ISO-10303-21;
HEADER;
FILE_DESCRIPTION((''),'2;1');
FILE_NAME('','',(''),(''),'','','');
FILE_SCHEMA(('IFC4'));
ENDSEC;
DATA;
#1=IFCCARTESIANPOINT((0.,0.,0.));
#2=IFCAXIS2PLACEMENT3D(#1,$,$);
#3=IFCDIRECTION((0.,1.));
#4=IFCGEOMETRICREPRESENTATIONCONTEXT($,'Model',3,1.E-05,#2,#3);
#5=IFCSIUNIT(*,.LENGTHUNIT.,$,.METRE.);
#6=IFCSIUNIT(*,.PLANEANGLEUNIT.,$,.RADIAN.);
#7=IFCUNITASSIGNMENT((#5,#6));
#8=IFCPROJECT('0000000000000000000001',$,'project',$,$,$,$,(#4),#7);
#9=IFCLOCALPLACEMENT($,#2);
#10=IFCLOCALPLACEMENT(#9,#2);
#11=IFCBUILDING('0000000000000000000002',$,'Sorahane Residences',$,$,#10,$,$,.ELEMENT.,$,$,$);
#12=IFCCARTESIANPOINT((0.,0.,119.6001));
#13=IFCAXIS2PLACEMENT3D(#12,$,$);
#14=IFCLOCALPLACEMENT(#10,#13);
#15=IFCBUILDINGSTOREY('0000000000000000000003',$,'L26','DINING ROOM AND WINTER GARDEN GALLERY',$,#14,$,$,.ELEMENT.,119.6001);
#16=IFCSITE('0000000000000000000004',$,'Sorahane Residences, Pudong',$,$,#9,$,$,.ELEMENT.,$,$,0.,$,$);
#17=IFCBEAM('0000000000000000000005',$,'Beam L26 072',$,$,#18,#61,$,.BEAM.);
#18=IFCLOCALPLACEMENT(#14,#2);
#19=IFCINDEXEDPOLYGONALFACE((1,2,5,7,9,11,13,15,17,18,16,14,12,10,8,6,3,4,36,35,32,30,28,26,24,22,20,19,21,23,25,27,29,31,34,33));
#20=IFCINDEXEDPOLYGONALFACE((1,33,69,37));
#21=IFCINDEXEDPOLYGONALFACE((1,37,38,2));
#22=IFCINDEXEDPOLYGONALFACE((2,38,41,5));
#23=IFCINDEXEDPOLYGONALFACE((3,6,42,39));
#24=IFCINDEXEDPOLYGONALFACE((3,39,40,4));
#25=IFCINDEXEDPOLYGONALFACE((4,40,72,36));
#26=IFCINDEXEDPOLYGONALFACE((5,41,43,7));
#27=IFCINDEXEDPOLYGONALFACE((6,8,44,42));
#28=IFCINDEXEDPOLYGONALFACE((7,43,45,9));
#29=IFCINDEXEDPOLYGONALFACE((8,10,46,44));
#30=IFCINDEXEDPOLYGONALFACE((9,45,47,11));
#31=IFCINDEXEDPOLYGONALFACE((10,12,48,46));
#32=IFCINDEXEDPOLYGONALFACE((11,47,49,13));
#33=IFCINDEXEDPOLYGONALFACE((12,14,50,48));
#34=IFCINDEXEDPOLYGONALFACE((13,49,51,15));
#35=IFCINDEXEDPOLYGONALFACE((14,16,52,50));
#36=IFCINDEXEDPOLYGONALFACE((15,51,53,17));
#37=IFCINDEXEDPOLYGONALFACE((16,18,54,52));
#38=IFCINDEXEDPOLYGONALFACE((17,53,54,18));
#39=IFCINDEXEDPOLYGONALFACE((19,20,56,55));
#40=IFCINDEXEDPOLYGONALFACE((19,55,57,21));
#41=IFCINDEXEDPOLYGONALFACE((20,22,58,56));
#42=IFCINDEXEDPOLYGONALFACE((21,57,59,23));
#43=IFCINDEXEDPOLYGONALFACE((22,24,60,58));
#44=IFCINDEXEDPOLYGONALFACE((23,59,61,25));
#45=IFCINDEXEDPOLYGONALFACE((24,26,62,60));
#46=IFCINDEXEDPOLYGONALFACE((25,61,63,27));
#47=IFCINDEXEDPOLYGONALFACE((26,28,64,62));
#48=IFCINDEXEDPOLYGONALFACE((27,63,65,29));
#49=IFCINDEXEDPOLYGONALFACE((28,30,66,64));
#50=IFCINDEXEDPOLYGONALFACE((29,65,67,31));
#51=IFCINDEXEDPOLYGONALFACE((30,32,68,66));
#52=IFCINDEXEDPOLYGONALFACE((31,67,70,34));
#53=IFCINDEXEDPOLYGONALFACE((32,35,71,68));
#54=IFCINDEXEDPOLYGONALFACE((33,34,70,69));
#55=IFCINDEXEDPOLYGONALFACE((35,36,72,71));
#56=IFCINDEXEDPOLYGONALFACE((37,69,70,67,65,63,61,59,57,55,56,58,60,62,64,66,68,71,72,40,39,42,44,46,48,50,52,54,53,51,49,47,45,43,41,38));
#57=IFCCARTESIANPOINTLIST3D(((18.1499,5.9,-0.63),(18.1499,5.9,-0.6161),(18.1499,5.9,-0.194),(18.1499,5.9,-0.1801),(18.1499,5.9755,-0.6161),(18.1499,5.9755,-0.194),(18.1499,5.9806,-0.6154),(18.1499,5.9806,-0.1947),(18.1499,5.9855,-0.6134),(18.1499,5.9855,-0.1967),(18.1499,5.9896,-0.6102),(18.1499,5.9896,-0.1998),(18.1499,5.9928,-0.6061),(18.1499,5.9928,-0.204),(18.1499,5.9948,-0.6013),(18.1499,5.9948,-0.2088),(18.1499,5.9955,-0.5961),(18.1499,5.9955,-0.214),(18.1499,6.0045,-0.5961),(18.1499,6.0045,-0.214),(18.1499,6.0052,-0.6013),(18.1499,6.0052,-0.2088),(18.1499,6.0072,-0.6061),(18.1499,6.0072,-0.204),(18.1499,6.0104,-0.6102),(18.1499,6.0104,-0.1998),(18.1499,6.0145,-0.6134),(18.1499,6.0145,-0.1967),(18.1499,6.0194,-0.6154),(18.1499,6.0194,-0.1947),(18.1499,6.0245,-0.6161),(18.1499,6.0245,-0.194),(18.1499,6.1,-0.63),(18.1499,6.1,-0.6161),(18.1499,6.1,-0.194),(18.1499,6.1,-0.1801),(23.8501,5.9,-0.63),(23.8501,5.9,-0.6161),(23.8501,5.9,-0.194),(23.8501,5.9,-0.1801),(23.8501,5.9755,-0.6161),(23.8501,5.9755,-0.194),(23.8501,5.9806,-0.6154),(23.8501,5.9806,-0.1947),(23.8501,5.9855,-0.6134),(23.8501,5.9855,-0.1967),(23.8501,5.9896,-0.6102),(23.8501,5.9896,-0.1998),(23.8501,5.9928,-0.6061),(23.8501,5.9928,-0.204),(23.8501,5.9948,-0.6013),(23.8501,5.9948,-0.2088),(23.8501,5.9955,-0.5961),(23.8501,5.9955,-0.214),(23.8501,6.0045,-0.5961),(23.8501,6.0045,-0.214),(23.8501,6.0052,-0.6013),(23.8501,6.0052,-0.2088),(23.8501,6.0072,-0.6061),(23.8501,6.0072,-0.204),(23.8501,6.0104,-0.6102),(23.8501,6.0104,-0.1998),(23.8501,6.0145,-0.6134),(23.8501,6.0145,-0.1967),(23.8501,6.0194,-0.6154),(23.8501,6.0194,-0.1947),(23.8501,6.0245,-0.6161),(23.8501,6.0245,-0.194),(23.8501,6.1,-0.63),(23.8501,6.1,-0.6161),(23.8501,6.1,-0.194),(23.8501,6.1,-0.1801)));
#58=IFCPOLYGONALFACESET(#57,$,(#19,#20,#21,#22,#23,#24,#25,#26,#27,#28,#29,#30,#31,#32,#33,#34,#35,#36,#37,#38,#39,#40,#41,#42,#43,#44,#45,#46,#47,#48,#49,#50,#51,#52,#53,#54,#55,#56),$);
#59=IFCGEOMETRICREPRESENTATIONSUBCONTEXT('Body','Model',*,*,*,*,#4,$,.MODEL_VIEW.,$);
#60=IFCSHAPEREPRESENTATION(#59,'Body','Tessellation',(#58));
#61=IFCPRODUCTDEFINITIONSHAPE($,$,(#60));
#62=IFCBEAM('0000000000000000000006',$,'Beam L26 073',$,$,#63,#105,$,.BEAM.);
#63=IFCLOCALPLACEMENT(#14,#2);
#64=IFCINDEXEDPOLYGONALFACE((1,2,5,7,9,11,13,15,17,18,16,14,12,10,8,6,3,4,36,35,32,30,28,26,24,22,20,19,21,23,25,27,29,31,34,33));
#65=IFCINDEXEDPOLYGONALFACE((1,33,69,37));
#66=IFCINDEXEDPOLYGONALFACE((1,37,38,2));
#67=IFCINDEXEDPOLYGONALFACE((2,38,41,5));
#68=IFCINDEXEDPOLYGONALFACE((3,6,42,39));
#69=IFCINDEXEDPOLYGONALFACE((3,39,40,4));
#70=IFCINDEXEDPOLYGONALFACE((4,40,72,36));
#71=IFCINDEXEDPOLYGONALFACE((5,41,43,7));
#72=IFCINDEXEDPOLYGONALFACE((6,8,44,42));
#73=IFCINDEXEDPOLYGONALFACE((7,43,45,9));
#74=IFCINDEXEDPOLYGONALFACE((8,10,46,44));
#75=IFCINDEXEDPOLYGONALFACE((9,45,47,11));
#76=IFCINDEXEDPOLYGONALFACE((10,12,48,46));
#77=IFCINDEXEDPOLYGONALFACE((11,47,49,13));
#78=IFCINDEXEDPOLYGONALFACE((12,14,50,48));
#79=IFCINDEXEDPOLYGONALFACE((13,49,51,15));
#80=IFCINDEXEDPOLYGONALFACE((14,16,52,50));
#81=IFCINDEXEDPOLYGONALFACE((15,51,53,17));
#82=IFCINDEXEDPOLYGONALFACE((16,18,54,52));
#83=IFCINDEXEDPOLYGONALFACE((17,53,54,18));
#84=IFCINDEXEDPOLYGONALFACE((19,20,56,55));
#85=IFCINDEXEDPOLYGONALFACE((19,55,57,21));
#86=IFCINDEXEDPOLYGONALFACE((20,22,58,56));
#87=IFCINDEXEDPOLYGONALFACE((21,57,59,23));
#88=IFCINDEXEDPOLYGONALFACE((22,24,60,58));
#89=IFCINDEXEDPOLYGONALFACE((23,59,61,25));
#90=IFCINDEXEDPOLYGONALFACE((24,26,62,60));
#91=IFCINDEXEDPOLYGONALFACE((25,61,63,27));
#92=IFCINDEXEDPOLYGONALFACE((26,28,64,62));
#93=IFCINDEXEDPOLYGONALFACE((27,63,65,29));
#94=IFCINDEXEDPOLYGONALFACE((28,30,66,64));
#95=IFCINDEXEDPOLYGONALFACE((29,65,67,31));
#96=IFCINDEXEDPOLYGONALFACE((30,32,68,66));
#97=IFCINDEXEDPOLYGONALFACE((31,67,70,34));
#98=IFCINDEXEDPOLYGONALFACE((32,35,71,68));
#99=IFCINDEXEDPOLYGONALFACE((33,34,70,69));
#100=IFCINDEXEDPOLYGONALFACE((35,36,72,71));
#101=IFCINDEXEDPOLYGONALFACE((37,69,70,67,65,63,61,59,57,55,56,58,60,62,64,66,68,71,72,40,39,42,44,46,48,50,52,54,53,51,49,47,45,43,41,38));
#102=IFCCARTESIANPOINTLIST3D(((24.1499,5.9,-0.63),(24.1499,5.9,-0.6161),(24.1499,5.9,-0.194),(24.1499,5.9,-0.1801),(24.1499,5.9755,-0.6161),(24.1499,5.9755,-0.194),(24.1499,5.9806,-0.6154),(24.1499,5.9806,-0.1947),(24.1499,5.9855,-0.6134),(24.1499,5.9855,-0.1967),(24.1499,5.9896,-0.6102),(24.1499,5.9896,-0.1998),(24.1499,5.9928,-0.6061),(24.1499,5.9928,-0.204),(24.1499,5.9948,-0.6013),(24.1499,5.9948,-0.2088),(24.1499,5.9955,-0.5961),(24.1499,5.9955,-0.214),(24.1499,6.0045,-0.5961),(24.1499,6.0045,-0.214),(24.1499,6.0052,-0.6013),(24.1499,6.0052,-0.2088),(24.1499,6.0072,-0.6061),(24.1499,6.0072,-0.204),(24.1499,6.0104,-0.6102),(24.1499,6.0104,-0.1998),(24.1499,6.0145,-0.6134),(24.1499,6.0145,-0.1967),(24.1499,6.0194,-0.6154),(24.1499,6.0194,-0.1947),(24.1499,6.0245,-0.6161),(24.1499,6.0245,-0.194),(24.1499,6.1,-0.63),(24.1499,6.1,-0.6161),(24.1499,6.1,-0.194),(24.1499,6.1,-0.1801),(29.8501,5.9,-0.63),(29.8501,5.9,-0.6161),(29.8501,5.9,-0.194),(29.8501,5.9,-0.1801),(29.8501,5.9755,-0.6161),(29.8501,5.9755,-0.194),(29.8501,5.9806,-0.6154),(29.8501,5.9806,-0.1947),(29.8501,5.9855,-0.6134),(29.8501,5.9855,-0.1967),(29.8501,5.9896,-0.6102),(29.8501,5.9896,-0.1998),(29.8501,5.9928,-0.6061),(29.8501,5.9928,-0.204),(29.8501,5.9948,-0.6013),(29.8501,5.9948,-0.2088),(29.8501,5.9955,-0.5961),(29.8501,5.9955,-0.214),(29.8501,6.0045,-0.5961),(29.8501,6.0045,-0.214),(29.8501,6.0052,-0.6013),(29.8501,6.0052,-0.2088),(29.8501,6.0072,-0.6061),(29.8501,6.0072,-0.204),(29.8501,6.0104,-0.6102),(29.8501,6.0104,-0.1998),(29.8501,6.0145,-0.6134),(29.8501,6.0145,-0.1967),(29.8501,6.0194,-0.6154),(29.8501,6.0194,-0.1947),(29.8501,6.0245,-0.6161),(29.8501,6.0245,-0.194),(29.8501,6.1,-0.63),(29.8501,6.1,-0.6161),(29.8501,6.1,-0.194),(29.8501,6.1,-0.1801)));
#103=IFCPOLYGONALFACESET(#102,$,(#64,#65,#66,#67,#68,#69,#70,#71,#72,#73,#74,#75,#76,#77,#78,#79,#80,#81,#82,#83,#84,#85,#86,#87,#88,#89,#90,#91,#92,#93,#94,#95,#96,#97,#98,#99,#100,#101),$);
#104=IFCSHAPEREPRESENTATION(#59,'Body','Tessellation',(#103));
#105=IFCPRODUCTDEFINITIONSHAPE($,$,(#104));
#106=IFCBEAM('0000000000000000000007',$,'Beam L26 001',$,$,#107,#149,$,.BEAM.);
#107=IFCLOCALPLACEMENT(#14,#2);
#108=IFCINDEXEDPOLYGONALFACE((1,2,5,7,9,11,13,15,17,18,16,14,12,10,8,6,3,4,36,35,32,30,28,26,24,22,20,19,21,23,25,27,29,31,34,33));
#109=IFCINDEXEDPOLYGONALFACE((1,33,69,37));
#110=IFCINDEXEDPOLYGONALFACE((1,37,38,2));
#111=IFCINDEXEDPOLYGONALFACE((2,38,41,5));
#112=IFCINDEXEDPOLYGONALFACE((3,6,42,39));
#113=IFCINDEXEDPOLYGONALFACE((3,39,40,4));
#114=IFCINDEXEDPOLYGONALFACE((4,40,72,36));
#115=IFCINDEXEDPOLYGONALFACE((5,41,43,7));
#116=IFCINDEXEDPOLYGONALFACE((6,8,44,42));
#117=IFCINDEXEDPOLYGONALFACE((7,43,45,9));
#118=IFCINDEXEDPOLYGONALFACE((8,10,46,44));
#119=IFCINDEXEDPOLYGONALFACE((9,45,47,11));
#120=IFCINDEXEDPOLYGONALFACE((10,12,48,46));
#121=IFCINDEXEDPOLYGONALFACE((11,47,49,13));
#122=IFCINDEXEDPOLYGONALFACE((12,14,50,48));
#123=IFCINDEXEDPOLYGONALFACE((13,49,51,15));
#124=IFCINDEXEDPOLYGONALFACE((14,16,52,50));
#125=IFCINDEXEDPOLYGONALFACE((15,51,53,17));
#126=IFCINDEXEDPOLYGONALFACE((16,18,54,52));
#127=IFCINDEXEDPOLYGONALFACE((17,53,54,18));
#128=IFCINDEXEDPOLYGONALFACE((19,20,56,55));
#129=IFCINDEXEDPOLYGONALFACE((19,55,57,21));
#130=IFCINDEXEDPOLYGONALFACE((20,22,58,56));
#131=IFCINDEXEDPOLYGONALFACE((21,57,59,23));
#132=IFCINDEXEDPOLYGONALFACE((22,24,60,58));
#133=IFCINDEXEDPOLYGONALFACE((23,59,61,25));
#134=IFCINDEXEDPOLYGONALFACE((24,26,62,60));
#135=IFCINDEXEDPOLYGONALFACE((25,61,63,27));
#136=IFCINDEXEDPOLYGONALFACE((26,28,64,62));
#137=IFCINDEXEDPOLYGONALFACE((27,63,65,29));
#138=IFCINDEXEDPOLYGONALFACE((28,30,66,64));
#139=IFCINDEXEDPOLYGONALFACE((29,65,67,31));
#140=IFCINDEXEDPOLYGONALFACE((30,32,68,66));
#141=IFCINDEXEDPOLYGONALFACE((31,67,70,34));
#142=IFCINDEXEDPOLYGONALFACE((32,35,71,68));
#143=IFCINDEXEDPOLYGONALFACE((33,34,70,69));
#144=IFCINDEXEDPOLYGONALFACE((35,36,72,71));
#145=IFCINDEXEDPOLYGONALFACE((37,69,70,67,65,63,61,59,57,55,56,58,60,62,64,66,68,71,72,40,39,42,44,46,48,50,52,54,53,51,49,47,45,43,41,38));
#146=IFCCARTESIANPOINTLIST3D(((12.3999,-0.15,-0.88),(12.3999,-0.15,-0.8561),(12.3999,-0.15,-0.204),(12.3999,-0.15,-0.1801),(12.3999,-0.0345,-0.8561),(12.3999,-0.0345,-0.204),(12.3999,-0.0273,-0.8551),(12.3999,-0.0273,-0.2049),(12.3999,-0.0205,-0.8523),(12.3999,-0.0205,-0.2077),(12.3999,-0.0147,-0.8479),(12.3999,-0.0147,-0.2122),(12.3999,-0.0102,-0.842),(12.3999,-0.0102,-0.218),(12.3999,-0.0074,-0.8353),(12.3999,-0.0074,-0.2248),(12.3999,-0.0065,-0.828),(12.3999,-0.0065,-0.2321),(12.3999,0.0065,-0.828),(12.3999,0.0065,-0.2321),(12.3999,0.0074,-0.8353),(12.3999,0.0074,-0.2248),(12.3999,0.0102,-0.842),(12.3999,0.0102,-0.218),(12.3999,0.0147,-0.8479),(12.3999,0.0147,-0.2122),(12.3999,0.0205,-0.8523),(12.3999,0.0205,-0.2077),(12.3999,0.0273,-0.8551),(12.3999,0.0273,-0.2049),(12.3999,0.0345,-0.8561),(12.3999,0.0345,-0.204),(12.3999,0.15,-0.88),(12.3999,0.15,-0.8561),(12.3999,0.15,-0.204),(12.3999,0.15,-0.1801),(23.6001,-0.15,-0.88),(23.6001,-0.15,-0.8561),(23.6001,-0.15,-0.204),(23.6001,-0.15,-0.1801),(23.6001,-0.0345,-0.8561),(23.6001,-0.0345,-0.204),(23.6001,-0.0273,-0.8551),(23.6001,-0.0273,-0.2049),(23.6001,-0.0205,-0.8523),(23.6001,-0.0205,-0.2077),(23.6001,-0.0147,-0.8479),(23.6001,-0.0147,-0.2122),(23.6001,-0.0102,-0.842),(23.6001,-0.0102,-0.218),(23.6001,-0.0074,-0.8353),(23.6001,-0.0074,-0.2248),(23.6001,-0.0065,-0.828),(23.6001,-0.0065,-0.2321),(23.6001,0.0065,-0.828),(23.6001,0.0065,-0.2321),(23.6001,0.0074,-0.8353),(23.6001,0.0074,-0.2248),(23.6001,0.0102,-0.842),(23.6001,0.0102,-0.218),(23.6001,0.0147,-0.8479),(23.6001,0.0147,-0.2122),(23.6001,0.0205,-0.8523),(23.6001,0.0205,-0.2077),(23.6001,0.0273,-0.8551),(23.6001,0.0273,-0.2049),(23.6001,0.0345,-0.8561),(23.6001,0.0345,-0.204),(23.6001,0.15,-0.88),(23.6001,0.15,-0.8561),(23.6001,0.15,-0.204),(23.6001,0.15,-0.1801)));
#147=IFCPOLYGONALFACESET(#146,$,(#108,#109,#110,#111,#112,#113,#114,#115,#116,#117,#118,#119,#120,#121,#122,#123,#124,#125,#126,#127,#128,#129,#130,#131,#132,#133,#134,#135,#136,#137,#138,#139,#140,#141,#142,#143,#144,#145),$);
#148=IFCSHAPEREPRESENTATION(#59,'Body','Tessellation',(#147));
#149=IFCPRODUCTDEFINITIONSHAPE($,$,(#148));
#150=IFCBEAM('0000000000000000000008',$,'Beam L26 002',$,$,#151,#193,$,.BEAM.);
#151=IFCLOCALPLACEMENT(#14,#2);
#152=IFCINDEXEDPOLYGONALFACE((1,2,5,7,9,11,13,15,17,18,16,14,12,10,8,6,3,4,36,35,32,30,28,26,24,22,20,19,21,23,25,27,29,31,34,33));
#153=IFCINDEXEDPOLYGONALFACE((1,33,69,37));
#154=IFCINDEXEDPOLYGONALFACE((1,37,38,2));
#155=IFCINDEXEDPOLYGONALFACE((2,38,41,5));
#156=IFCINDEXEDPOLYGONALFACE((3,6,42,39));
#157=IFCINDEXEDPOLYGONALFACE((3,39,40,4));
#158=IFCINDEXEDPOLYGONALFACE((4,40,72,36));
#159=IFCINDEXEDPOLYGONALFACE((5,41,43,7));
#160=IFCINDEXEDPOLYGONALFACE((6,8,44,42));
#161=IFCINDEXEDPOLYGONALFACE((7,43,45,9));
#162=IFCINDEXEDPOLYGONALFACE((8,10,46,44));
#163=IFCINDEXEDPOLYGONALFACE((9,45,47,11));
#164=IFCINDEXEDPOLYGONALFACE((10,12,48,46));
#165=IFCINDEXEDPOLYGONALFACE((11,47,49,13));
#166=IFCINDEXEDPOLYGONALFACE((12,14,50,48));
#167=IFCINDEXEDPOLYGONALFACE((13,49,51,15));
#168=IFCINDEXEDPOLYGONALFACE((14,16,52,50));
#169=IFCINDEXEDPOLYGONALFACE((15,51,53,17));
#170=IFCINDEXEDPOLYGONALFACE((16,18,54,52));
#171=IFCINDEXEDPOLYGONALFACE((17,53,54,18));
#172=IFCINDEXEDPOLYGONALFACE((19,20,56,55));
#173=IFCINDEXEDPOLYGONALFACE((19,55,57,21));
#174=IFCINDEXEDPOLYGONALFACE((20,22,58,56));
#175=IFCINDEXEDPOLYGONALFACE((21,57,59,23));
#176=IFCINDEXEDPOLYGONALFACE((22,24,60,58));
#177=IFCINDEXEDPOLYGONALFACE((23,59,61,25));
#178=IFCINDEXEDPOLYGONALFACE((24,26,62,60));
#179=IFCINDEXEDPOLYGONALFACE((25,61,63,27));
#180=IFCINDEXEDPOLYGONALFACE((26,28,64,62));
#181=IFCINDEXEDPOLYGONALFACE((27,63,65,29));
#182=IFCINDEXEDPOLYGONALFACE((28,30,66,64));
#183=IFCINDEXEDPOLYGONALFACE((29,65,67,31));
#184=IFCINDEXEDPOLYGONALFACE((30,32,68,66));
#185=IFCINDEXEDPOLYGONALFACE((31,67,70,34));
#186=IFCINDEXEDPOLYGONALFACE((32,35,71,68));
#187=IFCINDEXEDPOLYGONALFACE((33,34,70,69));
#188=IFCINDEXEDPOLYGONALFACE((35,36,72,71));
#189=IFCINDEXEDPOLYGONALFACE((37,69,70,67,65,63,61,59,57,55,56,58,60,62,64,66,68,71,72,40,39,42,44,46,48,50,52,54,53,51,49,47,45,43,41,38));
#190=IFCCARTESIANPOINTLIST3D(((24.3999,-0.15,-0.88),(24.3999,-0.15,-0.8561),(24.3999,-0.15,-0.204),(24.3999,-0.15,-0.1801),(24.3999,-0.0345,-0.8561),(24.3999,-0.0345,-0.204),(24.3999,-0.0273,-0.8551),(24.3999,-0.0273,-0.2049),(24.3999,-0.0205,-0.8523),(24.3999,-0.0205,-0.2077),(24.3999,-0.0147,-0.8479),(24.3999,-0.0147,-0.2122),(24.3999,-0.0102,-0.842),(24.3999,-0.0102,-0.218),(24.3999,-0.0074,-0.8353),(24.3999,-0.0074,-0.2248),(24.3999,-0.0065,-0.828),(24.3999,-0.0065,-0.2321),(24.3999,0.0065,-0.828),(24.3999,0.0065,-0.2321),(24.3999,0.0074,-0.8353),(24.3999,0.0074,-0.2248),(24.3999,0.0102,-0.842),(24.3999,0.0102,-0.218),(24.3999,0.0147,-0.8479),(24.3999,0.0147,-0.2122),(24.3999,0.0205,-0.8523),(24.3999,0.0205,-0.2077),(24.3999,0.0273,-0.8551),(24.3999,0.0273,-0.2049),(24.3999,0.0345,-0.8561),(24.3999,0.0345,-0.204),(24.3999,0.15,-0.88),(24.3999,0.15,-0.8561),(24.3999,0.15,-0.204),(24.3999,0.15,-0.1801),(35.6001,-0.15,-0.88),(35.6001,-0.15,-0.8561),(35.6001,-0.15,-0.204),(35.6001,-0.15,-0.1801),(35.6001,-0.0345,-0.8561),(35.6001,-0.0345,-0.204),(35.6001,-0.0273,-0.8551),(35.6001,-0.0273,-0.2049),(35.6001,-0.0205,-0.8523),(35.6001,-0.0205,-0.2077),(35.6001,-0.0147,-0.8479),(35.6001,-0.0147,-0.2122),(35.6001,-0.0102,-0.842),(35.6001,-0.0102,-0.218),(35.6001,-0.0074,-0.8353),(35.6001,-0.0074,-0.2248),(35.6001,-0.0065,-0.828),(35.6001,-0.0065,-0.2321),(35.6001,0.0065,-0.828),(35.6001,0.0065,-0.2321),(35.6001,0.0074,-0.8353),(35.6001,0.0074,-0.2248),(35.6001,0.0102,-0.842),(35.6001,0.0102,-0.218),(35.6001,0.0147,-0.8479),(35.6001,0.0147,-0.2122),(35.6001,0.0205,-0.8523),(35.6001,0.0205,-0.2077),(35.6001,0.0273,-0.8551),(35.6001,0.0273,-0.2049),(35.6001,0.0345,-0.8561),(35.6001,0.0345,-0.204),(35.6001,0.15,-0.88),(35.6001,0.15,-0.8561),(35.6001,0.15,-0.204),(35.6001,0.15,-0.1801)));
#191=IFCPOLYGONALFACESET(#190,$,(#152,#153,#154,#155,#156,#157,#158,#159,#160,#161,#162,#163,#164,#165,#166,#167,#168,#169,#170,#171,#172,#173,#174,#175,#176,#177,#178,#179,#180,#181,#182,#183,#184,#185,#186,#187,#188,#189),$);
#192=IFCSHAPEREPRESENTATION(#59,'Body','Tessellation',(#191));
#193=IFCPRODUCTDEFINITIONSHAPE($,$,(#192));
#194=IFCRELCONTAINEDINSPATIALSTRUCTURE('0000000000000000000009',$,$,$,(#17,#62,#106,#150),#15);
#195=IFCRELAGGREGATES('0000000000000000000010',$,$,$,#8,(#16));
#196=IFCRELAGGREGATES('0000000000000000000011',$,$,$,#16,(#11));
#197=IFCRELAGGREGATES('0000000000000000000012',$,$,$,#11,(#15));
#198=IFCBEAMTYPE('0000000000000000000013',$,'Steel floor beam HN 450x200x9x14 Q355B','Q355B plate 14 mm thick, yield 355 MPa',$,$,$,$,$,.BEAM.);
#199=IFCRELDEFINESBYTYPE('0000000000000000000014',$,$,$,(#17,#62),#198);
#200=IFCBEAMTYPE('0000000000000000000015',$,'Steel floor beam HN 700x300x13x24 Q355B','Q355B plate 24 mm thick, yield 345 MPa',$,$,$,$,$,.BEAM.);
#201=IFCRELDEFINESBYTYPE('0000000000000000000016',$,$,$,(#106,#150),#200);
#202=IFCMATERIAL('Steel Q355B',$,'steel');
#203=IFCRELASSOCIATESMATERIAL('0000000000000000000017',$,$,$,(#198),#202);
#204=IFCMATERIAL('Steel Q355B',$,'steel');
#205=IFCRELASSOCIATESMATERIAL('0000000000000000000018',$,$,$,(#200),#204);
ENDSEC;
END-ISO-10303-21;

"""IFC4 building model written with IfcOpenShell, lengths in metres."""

from ifc_helpers import new_model, si_unit, direction, frame, origin, origin_2d, place, context, subcontext, project, spatial, i_section, extrude, material, material_profile, profile_set, type_object, element, save


model = new_model("IFC4")

# Units and contexts
model_context = context("Model", 3, precision=1e-05, world=origin(), true_north=direction((0.0, 1.0)))
body_context = subcontext(model_context, "Body", "Model", "MODEL_VIEW")
ifc_project = project(units=[si_unit("LENGTHUNIT", "METRE"), si_unit("PLANEANGLEUNIT", "RADIAN")], contexts=[model_context])

# Site, building, storey
site_placement = place(None, origin())
site = spatial("IfcSite", under=ifc_project, at=site_placement, Name="Sorahane Residences, Pudong", CompositionType="ELEMENT", RefElevation=0.0)
building_placement = place(site_placement, origin())
building = spatial("IfcBuilding", under=site, at=building_placement, Name="Sorahane Residences", CompositionType="ELEMENT")
storey_placement = place(building_placement, frame((0.0, 0.0, 119.6001)))
storey = spatial("IfcBuildingStorey", under=building, at=storey_placement, Name="L26", Description="DINING ROOM AND WINTER GARDEN GALLERY", CompositionType="ELEMENT", Elevation=119.6001)

# Beams
ifc_material_1 = material(Name="Steel Q355B", Category="steel")
ifc_material_profile_1 = material_profile(ifc_material_1, i_section(OverallWidth=0.2, OverallDepth=0.45, WebThickness=0.009, FlangeThickness=0.0139, FilletRadius=0.02, at=origin_2d()), Name="HN 450x200x9x14")
ifc_profile_set_1 = profile_set([ifc_material_profile_1], Name="Steel Q355B")
beam_type_1 = type_object("IfcBeamType", Name="Steel floor beam HN 450x200x9x14 Q355B", Description="Q355B plate 14 mm thick, yield 355 MPa", PredefinedType="BEAM", material=ifc_profile_set_1)
for number, where, z_axis, x_axis, name in (
    (1, (18.1499, 6.0, -0.405), (1.0, 0.0, 0.0), (0.0, 1.0, 0.0), "Beam L26 072"),
    (2, (24.1499, 6.0, -0.405), (1.0, 0.0, 0.0), (0.0, 1.0, 0.0), "Beam L26 073"),
):
    element("IfcBeam", number, at=place(storey_placement, frame(where, z_axis=z_axis, x_axis=x_axis)), inside=storey, type_object=beam_type_1, Name=name, PredefinedType="BEAM", context=body_context, shape_type="SweptSolid", body=[
        extrude(i_section(OverallWidth=0.2, OverallDepth=0.45, WebThickness=0.009, FlangeThickness=0.0139, FilletRadius=0.02, at=origin_2d()), origin(), (0.0, 0.0, 1.0), 5.7002),
    ])
ifc_material_2 = material(Name="Steel Q355B", Category="steel")
ifc_material_profile_2 = material_profile(ifc_material_2, i_section(OverallWidth=0.3, OverallDepth=0.7, WebThickness=0.0129, FlangeThickness=0.0239, FilletRadius=0.0281, at=origin_2d()), Name="HN 700x300x13x24")
ifc_profile_set_2 = profile_set([ifc_material_profile_2], Name="Steel Q355B")
beam_type_2 = type_object("IfcBeamType", Name="Steel floor beam HN 700x300x13x24 Q355B", Description="Q355B plate 24 mm thick, yield 345 MPa", PredefinedType="BEAM", material=ifc_profile_set_2)
for number, where, z_axis, x_axis, name in (
    (3, (12.3999, 0.0, -0.53), (1.0, 0.0, 0.0), (0.0, 1.0, 0.0), "Beam L26 001"),
    (4, (24.3999, 0.0, -0.53), (1.0, 0.0, 0.0), (0.0, 1.0, 0.0), "Beam L26 002"),
):
    element("IfcBeam", number, at=place(storey_placement, frame(where, z_axis=z_axis, x_axis=x_axis)), inside=storey, type_object=beam_type_2, Name=name, PredefinedType="BEAM", context=body_context, shape_type="SweptSolid", body=[
        extrude(i_section(OverallWidth=0.3, OverallDepth=0.7, WebThickness=0.0129, FlangeThickness=0.0239, FilletRadius=0.0281, at=origin_2d()), origin(), (0.0, 0.0, 1.0), 11.2002),
    ])

save(model, "model.ifc")
